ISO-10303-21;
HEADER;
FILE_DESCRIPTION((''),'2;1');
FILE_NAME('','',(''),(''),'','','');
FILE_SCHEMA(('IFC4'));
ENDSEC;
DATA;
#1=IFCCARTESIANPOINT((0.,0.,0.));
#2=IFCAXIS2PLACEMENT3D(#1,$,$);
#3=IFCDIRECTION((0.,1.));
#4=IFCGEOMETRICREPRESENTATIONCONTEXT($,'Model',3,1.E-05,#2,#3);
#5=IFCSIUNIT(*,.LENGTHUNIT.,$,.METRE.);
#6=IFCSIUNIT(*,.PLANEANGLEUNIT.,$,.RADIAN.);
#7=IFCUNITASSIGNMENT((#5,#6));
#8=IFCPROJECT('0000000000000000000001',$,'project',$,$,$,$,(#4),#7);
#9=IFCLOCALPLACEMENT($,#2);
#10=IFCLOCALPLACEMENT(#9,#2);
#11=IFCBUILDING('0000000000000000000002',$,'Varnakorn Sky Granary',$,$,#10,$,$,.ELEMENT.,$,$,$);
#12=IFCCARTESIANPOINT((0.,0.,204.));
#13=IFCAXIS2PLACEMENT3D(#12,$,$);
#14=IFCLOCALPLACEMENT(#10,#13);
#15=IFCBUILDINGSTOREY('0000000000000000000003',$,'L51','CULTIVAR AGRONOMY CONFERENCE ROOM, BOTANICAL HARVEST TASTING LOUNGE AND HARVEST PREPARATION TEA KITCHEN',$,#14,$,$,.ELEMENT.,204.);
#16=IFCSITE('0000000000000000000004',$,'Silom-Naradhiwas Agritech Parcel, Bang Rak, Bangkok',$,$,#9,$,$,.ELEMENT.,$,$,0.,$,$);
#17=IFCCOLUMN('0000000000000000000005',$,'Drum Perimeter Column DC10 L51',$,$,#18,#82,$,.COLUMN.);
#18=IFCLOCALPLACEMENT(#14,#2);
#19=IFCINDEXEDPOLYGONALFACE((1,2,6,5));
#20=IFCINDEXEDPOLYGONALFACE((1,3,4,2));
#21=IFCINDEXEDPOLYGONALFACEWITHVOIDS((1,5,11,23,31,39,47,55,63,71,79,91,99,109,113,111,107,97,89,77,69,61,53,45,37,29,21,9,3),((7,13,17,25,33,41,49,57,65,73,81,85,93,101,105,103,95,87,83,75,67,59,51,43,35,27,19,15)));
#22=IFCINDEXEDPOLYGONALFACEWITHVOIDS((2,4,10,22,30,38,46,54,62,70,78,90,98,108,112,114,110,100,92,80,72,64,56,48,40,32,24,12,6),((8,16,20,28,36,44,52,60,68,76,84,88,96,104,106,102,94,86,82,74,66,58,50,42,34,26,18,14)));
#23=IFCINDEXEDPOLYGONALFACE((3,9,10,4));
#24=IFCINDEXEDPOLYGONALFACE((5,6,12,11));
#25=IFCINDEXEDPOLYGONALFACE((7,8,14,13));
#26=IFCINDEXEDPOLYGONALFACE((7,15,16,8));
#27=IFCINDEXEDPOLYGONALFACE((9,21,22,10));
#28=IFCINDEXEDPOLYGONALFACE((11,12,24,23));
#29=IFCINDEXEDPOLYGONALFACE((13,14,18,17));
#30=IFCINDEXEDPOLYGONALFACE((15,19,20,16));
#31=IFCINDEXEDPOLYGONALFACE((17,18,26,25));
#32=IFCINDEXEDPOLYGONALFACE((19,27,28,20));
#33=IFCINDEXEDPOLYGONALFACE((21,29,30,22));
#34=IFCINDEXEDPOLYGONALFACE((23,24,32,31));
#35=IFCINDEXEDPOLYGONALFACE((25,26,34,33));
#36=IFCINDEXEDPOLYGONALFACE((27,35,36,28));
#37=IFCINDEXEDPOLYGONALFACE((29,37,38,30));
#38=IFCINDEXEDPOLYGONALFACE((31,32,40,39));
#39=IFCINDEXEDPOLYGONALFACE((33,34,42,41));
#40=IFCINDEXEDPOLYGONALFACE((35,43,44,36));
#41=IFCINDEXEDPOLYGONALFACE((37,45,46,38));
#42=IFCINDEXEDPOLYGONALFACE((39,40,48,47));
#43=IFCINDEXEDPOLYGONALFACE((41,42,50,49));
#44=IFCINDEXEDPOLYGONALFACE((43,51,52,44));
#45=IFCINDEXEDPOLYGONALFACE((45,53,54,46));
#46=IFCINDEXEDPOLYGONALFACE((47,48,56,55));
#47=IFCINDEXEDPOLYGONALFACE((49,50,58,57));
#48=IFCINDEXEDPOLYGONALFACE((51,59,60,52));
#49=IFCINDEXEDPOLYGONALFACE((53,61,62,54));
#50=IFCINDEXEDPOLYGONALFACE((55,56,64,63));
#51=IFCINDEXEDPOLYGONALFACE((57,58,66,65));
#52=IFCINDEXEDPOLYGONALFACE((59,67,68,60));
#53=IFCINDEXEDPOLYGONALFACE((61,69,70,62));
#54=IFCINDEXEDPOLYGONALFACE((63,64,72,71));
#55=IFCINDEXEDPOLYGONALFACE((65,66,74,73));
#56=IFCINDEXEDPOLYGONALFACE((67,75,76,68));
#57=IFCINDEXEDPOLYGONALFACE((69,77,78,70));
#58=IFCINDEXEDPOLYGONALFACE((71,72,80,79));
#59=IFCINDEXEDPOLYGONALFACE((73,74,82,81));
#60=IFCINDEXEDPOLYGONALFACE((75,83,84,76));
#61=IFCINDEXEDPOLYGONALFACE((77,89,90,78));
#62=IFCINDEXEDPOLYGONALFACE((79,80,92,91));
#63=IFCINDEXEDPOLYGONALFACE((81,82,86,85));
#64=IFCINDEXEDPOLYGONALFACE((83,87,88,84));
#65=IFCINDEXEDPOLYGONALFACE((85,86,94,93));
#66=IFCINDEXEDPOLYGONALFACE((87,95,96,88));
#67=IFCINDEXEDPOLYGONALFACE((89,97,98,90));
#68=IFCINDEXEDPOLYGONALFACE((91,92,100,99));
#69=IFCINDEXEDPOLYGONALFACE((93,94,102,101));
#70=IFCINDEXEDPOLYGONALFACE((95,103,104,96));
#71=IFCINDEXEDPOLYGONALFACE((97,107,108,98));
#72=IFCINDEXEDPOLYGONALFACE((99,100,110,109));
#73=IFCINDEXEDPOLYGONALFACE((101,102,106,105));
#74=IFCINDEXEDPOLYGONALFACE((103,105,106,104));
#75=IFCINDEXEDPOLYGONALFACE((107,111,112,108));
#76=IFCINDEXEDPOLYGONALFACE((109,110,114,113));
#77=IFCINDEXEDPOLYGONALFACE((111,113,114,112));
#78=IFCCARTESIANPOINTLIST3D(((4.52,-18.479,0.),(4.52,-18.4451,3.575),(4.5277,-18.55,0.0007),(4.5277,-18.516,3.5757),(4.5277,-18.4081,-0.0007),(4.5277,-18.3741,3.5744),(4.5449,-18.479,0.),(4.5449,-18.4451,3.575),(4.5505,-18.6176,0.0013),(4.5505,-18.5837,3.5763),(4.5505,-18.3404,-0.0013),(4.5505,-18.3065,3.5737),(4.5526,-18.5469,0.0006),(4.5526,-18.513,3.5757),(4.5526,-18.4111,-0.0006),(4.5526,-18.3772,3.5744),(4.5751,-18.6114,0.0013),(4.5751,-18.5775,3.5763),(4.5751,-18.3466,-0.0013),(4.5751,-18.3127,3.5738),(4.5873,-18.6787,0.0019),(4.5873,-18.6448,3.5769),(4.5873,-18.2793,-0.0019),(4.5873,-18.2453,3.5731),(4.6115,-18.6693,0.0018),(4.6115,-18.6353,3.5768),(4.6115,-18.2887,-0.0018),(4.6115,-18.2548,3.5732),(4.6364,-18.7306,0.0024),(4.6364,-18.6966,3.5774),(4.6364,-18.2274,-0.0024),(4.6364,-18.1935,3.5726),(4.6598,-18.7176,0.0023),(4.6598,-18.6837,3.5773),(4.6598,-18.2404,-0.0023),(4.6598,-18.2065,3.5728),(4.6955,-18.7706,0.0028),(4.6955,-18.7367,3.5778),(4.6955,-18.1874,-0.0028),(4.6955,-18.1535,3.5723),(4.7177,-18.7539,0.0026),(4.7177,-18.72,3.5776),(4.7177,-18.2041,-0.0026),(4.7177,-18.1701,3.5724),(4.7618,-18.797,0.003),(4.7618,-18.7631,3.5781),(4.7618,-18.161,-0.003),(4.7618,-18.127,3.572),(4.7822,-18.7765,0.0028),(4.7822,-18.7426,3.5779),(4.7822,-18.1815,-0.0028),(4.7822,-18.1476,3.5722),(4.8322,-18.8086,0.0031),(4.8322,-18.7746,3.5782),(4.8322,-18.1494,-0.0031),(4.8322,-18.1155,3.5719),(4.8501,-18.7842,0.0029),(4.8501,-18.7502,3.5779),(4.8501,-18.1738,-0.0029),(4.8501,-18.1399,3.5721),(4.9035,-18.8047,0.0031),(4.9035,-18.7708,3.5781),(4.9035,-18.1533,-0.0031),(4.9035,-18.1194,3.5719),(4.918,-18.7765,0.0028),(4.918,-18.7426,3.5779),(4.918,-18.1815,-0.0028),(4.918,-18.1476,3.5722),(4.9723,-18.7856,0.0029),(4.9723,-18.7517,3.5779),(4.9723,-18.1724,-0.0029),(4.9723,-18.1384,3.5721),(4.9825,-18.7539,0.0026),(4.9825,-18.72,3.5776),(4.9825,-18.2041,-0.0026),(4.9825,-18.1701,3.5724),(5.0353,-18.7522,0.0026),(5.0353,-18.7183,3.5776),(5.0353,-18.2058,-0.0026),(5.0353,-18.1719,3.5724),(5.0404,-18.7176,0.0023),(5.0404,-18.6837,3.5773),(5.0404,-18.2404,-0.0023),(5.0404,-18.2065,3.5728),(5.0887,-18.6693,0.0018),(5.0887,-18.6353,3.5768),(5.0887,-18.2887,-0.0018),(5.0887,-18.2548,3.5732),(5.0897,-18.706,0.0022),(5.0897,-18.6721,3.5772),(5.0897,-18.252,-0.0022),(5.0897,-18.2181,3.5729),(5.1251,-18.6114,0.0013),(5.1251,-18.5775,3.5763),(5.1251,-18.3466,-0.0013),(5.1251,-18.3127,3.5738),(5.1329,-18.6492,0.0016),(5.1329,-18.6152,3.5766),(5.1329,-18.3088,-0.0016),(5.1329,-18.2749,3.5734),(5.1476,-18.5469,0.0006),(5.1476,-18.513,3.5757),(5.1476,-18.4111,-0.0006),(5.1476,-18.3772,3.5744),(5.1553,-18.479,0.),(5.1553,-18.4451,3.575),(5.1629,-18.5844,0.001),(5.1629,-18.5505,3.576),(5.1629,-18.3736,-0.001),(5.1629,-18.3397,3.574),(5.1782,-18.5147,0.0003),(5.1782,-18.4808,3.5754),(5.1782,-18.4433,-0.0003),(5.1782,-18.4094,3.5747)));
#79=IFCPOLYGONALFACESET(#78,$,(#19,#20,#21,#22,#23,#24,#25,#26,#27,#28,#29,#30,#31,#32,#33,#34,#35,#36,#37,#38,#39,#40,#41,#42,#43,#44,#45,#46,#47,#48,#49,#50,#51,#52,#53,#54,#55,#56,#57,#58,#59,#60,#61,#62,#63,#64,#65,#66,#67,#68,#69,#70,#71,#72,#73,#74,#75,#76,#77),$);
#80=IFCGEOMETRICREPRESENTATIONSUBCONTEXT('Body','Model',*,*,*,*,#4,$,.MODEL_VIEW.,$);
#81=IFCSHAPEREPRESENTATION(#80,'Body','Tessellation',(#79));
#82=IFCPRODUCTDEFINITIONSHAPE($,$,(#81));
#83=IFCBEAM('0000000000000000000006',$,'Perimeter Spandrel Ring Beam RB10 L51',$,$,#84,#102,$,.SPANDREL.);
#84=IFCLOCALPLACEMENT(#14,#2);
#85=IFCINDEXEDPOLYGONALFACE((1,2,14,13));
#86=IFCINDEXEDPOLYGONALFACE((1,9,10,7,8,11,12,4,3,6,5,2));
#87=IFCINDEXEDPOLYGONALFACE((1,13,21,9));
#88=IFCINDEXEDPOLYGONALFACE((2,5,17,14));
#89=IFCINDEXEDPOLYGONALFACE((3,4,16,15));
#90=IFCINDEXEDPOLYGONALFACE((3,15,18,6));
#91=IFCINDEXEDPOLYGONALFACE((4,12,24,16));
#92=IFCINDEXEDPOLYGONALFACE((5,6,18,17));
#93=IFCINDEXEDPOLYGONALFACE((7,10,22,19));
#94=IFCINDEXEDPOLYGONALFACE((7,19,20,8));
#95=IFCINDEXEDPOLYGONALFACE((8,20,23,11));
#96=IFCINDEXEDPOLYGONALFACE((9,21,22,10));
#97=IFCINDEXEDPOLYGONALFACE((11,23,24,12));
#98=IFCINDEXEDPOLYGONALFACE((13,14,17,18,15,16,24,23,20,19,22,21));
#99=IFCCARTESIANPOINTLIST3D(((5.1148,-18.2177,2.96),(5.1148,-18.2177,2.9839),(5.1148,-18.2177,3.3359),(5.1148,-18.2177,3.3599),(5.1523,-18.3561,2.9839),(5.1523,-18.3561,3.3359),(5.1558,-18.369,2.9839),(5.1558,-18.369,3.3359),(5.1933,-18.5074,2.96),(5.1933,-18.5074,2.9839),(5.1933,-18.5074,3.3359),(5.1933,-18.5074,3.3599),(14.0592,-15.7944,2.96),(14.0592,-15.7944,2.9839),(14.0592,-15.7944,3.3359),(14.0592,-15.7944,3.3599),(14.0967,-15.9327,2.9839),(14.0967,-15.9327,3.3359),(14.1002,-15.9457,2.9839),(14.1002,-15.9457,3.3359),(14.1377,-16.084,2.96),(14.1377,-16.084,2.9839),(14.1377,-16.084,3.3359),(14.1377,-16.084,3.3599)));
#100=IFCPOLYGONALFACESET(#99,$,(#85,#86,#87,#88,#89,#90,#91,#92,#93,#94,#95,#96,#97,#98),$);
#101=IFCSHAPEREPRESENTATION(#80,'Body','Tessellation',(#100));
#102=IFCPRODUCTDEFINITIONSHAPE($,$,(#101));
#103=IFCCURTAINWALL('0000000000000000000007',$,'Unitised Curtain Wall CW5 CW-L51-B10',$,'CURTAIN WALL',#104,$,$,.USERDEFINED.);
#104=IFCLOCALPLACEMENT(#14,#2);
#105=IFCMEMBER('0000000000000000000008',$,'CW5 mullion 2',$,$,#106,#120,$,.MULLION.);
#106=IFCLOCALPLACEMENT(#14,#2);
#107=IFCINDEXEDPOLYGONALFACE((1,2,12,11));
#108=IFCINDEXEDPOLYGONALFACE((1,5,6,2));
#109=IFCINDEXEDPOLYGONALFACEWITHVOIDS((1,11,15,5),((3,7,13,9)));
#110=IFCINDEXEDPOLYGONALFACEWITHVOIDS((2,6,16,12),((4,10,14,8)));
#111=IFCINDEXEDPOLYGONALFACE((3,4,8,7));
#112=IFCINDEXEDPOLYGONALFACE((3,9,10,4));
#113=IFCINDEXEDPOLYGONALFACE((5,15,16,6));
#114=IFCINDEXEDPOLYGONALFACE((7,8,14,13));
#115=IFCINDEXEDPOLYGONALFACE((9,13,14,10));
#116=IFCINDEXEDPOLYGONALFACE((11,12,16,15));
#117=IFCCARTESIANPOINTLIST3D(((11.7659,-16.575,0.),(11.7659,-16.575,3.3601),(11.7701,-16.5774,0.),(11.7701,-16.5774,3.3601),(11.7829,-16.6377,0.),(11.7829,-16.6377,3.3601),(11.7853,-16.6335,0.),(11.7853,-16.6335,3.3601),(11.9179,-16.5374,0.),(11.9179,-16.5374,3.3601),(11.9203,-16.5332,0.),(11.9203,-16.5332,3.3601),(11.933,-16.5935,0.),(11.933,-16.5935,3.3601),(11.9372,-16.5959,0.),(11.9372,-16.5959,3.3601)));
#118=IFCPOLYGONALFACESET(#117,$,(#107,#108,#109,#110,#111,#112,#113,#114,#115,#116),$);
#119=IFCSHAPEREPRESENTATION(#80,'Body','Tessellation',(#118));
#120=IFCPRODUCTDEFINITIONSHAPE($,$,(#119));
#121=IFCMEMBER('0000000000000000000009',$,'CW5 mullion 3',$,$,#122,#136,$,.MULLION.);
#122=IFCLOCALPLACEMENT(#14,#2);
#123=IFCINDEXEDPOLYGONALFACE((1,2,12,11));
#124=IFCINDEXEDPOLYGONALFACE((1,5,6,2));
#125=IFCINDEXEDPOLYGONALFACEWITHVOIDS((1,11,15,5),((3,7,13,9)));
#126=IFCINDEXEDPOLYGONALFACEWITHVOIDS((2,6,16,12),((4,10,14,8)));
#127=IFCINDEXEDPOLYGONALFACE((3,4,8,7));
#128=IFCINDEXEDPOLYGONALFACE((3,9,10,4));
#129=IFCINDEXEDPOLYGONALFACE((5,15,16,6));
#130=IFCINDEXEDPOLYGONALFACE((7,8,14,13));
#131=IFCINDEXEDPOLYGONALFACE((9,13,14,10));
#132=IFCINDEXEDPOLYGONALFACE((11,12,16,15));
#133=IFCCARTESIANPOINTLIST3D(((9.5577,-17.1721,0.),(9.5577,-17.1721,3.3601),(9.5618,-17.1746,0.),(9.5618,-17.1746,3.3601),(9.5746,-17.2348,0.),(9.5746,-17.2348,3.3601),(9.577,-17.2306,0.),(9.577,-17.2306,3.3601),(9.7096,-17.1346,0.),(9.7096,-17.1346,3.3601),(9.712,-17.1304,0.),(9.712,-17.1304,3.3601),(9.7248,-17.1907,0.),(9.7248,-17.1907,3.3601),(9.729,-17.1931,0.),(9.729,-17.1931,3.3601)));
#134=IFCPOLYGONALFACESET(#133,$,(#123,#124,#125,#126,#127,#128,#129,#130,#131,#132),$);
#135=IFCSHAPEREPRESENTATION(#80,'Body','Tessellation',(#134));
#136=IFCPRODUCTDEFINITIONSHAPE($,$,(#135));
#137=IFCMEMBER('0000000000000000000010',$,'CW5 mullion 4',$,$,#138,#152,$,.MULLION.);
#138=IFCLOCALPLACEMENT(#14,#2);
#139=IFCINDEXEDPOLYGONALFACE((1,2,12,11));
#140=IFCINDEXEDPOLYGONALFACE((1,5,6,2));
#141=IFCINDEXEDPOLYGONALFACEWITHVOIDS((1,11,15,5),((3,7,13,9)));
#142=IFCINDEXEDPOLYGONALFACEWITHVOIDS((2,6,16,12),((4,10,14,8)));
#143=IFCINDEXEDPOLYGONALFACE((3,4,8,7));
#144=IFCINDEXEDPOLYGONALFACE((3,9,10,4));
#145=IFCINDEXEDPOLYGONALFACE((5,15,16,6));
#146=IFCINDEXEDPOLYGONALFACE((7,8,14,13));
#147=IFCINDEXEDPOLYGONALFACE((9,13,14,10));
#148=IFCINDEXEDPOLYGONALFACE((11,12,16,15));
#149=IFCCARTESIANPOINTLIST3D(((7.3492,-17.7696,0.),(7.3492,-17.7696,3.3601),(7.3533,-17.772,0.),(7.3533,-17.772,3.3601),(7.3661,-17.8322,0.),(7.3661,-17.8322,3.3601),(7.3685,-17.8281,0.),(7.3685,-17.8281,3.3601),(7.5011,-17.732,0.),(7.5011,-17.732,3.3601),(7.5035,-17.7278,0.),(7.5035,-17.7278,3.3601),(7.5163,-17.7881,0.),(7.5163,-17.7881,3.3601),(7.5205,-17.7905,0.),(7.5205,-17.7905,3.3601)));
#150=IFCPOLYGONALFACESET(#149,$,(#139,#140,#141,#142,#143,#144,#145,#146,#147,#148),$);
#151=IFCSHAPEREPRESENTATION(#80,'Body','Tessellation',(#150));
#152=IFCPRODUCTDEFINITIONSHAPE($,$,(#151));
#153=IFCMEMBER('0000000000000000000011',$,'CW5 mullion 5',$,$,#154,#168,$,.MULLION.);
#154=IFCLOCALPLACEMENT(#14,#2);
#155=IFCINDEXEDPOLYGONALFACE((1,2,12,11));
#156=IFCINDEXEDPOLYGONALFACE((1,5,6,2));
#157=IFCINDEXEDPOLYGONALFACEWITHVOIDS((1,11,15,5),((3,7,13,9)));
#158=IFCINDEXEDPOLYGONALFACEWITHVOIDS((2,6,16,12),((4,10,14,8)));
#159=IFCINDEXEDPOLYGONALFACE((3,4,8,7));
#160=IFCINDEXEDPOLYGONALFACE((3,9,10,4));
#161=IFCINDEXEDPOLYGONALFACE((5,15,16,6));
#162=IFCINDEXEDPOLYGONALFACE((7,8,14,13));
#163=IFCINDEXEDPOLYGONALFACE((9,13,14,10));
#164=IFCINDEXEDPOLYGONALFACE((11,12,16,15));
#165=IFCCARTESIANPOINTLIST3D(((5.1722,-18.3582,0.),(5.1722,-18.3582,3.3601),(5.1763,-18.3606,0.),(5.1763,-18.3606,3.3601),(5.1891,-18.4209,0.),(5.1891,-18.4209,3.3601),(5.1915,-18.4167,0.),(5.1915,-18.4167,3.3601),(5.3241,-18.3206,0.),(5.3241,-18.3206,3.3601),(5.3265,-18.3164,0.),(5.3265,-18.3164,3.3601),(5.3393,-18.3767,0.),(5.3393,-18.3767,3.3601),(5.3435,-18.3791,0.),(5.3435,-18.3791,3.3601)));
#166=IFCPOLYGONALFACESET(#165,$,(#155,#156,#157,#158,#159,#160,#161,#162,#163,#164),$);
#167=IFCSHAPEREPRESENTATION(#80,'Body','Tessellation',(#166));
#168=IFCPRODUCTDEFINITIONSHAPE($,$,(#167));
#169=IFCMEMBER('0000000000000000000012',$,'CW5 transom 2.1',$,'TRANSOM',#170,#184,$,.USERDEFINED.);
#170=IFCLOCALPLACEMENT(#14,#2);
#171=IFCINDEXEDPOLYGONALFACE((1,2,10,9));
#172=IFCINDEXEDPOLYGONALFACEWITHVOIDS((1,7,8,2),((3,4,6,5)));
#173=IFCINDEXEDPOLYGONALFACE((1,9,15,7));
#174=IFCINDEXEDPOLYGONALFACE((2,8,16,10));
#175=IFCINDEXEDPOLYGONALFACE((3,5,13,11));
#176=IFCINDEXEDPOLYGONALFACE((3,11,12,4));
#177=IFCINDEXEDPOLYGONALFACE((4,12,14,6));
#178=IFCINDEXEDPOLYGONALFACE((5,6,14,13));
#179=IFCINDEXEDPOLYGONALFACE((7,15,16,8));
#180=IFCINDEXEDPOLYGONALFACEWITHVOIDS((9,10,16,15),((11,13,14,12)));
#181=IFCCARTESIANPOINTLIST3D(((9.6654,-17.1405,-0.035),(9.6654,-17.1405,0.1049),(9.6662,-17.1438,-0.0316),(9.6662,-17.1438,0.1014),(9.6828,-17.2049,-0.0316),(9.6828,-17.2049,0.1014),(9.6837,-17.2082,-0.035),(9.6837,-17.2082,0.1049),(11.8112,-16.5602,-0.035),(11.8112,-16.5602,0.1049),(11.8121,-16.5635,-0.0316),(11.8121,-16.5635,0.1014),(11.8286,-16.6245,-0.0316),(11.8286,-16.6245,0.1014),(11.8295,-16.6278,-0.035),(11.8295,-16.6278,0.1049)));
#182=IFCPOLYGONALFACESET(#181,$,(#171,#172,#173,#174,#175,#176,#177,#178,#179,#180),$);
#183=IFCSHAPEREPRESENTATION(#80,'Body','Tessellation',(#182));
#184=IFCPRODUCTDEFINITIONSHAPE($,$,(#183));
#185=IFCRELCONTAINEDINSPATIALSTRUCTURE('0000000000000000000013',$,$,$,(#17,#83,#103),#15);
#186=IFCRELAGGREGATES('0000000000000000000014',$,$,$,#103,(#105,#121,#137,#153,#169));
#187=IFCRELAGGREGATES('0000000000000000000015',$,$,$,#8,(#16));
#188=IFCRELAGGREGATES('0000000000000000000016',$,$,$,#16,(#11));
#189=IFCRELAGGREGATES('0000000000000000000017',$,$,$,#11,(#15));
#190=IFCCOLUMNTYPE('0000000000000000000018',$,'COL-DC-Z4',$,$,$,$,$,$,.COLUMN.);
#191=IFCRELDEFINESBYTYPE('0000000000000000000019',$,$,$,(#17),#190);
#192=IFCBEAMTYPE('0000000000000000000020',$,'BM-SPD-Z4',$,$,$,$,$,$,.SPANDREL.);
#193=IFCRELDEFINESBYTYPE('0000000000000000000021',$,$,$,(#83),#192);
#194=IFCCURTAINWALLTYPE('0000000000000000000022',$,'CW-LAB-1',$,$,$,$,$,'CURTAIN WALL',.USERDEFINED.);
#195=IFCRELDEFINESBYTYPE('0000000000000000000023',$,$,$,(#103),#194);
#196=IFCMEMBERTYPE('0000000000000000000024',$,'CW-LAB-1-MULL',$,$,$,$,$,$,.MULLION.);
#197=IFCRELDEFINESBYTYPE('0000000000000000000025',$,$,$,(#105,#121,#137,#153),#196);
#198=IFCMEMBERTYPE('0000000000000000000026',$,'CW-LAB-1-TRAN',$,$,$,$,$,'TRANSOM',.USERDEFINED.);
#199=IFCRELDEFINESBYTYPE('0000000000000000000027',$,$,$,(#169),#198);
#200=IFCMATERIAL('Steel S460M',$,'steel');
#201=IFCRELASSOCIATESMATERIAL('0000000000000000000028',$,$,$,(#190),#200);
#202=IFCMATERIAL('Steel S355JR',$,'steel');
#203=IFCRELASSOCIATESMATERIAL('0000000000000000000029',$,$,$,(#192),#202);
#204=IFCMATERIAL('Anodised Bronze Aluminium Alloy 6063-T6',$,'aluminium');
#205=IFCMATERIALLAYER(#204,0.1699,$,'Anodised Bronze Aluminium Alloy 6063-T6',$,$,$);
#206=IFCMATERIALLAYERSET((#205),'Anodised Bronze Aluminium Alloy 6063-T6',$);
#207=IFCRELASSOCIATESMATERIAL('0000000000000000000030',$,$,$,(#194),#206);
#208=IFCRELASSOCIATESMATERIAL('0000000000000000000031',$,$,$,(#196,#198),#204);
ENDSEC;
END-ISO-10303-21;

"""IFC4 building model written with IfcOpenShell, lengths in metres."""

from ifc_helpers import new_model, si_unit, direction, frame, origin, origin_2d, place, context, subcontext, project, spatial, hollow_rectangle, hollow_circle, i_section, extrude, material, layer, layer_set, material_profile, profile_set, type_object, element, aggregate, save


model = new_model("IFC4")

# Units and contexts
model_context = context("Model", 3, precision=1e-05, world=origin(), true_north=direction((0.0, 1.0)))
body_context = subcontext(model_context, "Body", "Model", "MODEL_VIEW")
ifc_project = project(units=[si_unit("LENGTHUNIT", "METRE"), si_unit("PLANEANGLEUNIT", "RADIAN")], contexts=[model_context])

# Site, building, storey
site_placement = place(None, origin())
site = spatial("IfcSite", under=ifc_project, at=site_placement, Name="Silom-Naradhiwas Agritech Parcel, Bang Rak, Bangkok", CompositionType="ELEMENT", RefElevation=0.0)
building_placement = place(site_placement, origin())
building = spatial("IfcBuilding", under=site, at=building_placement, Name="Varnakorn Sky Granary", CompositionType="ELEMENT")
storey_placement = place(building_placement, frame((0.0, 0.0, 204.0)))
storey = spatial("IfcBuildingStorey", under=building, at=storey_placement, Name="L51", Description="CULTIVAR AGRONOMY CONFERENCE ROOM, BOTANICAL HARVEST TASTING LOUNGE AND HARVEST PREPARATION TEA KITCHEN", CompositionType="ELEMENT", Elevation=204.0)

# Column
ifc_material_1 = material(Name="Steel S460M", Category="steel")
ifc_material_profile_1 = material_profile(ifc_material_1, hollow_circle(Radius=0.3301, WallThickness=0.0249, at=origin_2d()), Name="CHS 660x25")
ifc_profile_set_1 = profile_set([ifc_material_profile_1], Name="Steel S460M")
column_type = type_object("IfcColumnType", Name="COL-DC-Z4", PredefinedType="COLUMN", material=ifc_profile_set_1)
column_placement = place(storey_placement, frame((4.8501, -18.479, 0.0), z_axis=(0.0, 0.009492, 0.999955), x_axis=(-1.0, 0.0, 0.0)))
element("IfcColumn", 1, at=column_placement, inside=storey, type_object=column_type, Name="Drum Perimeter Column DC10 L51", PredefinedType="COLUMN", context=body_context, shape_type="SweptSolid", body=[
    extrude(hollow_circle(Radius=0.3301, WallThickness=0.0249, at=origin_2d()), origin(), (0.0, 0.0, 1.0), 3.5752),
])

# Beam
ifc_material_2 = material(Name="Steel S355JR", Category="steel")
ifc_material_profile_2 = material_profile(ifc_material_2, i_section(OverallWidth=0.3, OverallDepth=0.3999, WebThickness=0.0134, FlangeThickness=0.0239, at=origin_2d()), Name="HE 400 B")
ifc_profile_set_2 = profile_set([ifc_material_profile_2], Name="Steel S355JR")
beam_type = type_object("IfcBeamType", Name="BM-SPD-Z4", PredefinedType="SPANDREL", material=ifc_profile_set_2)
beam_placement = place(storey_placement, frame((5.1541, -18.3625, 3.1599), z_axis=(0.965201, 0.261508, 0.0), x_axis=(-0.261508, 0.965201, 0.0)))
element("IfcBeam", 2, at=beam_placement, inside=storey, type_object=beam_type, Name="Perimeter Spandrel Ring Beam RB10 L51", PredefinedType="SPANDREL", context=body_context, shape_type="SweptSolid", body=[
    extrude(i_section(OverallWidth=0.3, OverallDepth=0.3999, WebThickness=0.0134, FlangeThickness=0.0239, at=origin_2d()), origin(), (0.0, 0.0, 1.0), 9.2668),
])

# Curtain wall, members
ifc_material_3 = material(Name="Anodised Bronze Aluminium Alloy 6063-T6", Category="aluminium")
ifc_layer_1 = layer(ifc_material_3, 0.1699, Name="Anodised Bronze Aluminium Alloy 6063-T6")
ifc_layer_set_1 = layer_set([ifc_layer_1], Name="Anodised Bronze Aluminium Alloy 6063-T6")
curtain_wall_type = type_object("IfcCurtainWallType", Name="CW-LAB-1", ElementType="CURTAIN WALL", PredefinedType="USERDEFINED", material=ifc_layer_set_1)
curtain_wall_placement = place(storey_placement, origin())
curtain_wall = element("IfcCurtainWall", 3, at=curtain_wall_placement, inside=storey, type_object=curtain_wall_type, Name="Unitised Curtain Wall CW5 CW-L51-B10", ObjectType="CURTAIN WALL", PredefinedType="USERDEFINED")
ifc_material_profile_3 = material_profile(ifc_material_3, hollow_rectangle(XDim=0.0649, YDim=0.1599, WallThickness=0.0034, at=origin_2d()), Name="ALU MULL 65x160")
ifc_profile_set_3 = profile_set([ifc_material_profile_3], Name="Anodised Bronze Aluminium Alloy 6063-T6")
member_type_1 = type_object("IfcMemberType", Name="CW-LAB-1-MULL", PredefinedType="MULLION", material=ifc_profile_set_3)
member_1_placement = place(storey_placement, frame((11.8516, -16.5854, 0.0), z_axis=(0.0, 0.0, 1.0), x_axis=(0.261069, -0.96532, 0.0)))
member_1 = element("IfcMember", 4, at=member_1_placement, type_object=member_type_1, Name="CW5 mullion 2", PredefinedType="MULLION", context=body_context, shape_type="SweptSolid", body=[
    extrude(hollow_rectangle(XDim=0.0649, YDim=0.1599, WallThickness=0.0034, at=origin_2d()), origin(), (0.0, 0.0, 1.0), 3.3601),
])
member_2_placement = place(storey_placement, frame((9.6433, -17.1826, 0.0), z_axis=(0.0, 0.0, 1.0), x_axis=(0.261069, -0.96532, 0.0)))
member_2 = element("IfcMember", 5, at=member_2_placement, type_object=member_type_1, Name="CW5 mullion 3", PredefinedType="MULLION", context=body_context, shape_type="SweptSolid", body=[
    extrude(hollow_rectangle(XDim=0.0649, YDim=0.1599, WallThickness=0.0034, at=origin_2d()), origin(), (0.0, 0.0, 1.0), 3.3601),
])
member_3_placement = place(storey_placement, frame((7.4348, -17.78, 0.0), z_axis=(0.0, 0.0, 1.0), x_axis=(0.261069, -0.96532, 0.0)))
member_3 = element("IfcMember", 6, at=member_3_placement, type_object=member_type_1, Name="CW5 mullion 4", PredefinedType="MULLION", context=body_context, shape_type="SweptSolid", body=[
    extrude(hollow_rectangle(XDim=0.0649, YDim=0.1599, WallThickness=0.0034, at=origin_2d()), origin(), (0.0, 0.0, 1.0), 3.3601),
])
member_4_placement = place(storey_placement, frame((5.2578, -18.3687, 0.0), z_axis=(0.0, 0.0, 1.0), x_axis=(0.261069, -0.96532, 0.0)))
member_4 = element("IfcMember", 7, at=member_4_placement, type_object=member_type_1, Name="CW5 mullion 5", PredefinedType="MULLION", context=body_context, shape_type="SweptSolid", body=[
    extrude(hollow_rectangle(XDim=0.0649, YDim=0.1599, WallThickness=0.0034, at=origin_2d()), origin(), (0.0, 0.0, 1.0), 3.3601),
])
ifc_material_profile_4 = material_profile(ifc_material_3, hollow_rectangle(XDim=0.0701, YDim=0.1399, WallThickness=0.0034, at=origin_2d()), Name="ALU TRAN 70x140")
ifc_profile_set_4 = profile_set([ifc_material_profile_4], Name="Anodised Bronze Aluminium Alloy 6063-T6")
member_type_2 = type_object("IfcMemberType", Name="CW-LAB-1-TRAN", ElementType="TRANSOM", PredefinedType="USERDEFINED", material=ifc_profile_set_4)
member_5_placement = place(storey_placement, frame((11.8203, -16.594, 0.0349), z_axis=(-0.965319, -0.261072, 0.0), x_axis=(0.261072, -0.965319, 0.0)))
member_5 = element("IfcMember", 8, at=member_5_placement, type_object=member_type_2, Name="CW5 transom 2.1", ObjectType="TRANSOM", PredefinedType="USERDEFINED", context=body_context, shape_type="SweptSolid", body=[
    extrude(hollow_rectangle(XDim=0.0701, YDim=0.1399, WallThickness=0.0034, at=origin_2d()), origin(), (0.0, 0.0, 1.0), 2.2229),
])
aggregate(curtain_wall, [member_1, member_2, member_3, member_4, member_5])

save(model, "model.ifc")
